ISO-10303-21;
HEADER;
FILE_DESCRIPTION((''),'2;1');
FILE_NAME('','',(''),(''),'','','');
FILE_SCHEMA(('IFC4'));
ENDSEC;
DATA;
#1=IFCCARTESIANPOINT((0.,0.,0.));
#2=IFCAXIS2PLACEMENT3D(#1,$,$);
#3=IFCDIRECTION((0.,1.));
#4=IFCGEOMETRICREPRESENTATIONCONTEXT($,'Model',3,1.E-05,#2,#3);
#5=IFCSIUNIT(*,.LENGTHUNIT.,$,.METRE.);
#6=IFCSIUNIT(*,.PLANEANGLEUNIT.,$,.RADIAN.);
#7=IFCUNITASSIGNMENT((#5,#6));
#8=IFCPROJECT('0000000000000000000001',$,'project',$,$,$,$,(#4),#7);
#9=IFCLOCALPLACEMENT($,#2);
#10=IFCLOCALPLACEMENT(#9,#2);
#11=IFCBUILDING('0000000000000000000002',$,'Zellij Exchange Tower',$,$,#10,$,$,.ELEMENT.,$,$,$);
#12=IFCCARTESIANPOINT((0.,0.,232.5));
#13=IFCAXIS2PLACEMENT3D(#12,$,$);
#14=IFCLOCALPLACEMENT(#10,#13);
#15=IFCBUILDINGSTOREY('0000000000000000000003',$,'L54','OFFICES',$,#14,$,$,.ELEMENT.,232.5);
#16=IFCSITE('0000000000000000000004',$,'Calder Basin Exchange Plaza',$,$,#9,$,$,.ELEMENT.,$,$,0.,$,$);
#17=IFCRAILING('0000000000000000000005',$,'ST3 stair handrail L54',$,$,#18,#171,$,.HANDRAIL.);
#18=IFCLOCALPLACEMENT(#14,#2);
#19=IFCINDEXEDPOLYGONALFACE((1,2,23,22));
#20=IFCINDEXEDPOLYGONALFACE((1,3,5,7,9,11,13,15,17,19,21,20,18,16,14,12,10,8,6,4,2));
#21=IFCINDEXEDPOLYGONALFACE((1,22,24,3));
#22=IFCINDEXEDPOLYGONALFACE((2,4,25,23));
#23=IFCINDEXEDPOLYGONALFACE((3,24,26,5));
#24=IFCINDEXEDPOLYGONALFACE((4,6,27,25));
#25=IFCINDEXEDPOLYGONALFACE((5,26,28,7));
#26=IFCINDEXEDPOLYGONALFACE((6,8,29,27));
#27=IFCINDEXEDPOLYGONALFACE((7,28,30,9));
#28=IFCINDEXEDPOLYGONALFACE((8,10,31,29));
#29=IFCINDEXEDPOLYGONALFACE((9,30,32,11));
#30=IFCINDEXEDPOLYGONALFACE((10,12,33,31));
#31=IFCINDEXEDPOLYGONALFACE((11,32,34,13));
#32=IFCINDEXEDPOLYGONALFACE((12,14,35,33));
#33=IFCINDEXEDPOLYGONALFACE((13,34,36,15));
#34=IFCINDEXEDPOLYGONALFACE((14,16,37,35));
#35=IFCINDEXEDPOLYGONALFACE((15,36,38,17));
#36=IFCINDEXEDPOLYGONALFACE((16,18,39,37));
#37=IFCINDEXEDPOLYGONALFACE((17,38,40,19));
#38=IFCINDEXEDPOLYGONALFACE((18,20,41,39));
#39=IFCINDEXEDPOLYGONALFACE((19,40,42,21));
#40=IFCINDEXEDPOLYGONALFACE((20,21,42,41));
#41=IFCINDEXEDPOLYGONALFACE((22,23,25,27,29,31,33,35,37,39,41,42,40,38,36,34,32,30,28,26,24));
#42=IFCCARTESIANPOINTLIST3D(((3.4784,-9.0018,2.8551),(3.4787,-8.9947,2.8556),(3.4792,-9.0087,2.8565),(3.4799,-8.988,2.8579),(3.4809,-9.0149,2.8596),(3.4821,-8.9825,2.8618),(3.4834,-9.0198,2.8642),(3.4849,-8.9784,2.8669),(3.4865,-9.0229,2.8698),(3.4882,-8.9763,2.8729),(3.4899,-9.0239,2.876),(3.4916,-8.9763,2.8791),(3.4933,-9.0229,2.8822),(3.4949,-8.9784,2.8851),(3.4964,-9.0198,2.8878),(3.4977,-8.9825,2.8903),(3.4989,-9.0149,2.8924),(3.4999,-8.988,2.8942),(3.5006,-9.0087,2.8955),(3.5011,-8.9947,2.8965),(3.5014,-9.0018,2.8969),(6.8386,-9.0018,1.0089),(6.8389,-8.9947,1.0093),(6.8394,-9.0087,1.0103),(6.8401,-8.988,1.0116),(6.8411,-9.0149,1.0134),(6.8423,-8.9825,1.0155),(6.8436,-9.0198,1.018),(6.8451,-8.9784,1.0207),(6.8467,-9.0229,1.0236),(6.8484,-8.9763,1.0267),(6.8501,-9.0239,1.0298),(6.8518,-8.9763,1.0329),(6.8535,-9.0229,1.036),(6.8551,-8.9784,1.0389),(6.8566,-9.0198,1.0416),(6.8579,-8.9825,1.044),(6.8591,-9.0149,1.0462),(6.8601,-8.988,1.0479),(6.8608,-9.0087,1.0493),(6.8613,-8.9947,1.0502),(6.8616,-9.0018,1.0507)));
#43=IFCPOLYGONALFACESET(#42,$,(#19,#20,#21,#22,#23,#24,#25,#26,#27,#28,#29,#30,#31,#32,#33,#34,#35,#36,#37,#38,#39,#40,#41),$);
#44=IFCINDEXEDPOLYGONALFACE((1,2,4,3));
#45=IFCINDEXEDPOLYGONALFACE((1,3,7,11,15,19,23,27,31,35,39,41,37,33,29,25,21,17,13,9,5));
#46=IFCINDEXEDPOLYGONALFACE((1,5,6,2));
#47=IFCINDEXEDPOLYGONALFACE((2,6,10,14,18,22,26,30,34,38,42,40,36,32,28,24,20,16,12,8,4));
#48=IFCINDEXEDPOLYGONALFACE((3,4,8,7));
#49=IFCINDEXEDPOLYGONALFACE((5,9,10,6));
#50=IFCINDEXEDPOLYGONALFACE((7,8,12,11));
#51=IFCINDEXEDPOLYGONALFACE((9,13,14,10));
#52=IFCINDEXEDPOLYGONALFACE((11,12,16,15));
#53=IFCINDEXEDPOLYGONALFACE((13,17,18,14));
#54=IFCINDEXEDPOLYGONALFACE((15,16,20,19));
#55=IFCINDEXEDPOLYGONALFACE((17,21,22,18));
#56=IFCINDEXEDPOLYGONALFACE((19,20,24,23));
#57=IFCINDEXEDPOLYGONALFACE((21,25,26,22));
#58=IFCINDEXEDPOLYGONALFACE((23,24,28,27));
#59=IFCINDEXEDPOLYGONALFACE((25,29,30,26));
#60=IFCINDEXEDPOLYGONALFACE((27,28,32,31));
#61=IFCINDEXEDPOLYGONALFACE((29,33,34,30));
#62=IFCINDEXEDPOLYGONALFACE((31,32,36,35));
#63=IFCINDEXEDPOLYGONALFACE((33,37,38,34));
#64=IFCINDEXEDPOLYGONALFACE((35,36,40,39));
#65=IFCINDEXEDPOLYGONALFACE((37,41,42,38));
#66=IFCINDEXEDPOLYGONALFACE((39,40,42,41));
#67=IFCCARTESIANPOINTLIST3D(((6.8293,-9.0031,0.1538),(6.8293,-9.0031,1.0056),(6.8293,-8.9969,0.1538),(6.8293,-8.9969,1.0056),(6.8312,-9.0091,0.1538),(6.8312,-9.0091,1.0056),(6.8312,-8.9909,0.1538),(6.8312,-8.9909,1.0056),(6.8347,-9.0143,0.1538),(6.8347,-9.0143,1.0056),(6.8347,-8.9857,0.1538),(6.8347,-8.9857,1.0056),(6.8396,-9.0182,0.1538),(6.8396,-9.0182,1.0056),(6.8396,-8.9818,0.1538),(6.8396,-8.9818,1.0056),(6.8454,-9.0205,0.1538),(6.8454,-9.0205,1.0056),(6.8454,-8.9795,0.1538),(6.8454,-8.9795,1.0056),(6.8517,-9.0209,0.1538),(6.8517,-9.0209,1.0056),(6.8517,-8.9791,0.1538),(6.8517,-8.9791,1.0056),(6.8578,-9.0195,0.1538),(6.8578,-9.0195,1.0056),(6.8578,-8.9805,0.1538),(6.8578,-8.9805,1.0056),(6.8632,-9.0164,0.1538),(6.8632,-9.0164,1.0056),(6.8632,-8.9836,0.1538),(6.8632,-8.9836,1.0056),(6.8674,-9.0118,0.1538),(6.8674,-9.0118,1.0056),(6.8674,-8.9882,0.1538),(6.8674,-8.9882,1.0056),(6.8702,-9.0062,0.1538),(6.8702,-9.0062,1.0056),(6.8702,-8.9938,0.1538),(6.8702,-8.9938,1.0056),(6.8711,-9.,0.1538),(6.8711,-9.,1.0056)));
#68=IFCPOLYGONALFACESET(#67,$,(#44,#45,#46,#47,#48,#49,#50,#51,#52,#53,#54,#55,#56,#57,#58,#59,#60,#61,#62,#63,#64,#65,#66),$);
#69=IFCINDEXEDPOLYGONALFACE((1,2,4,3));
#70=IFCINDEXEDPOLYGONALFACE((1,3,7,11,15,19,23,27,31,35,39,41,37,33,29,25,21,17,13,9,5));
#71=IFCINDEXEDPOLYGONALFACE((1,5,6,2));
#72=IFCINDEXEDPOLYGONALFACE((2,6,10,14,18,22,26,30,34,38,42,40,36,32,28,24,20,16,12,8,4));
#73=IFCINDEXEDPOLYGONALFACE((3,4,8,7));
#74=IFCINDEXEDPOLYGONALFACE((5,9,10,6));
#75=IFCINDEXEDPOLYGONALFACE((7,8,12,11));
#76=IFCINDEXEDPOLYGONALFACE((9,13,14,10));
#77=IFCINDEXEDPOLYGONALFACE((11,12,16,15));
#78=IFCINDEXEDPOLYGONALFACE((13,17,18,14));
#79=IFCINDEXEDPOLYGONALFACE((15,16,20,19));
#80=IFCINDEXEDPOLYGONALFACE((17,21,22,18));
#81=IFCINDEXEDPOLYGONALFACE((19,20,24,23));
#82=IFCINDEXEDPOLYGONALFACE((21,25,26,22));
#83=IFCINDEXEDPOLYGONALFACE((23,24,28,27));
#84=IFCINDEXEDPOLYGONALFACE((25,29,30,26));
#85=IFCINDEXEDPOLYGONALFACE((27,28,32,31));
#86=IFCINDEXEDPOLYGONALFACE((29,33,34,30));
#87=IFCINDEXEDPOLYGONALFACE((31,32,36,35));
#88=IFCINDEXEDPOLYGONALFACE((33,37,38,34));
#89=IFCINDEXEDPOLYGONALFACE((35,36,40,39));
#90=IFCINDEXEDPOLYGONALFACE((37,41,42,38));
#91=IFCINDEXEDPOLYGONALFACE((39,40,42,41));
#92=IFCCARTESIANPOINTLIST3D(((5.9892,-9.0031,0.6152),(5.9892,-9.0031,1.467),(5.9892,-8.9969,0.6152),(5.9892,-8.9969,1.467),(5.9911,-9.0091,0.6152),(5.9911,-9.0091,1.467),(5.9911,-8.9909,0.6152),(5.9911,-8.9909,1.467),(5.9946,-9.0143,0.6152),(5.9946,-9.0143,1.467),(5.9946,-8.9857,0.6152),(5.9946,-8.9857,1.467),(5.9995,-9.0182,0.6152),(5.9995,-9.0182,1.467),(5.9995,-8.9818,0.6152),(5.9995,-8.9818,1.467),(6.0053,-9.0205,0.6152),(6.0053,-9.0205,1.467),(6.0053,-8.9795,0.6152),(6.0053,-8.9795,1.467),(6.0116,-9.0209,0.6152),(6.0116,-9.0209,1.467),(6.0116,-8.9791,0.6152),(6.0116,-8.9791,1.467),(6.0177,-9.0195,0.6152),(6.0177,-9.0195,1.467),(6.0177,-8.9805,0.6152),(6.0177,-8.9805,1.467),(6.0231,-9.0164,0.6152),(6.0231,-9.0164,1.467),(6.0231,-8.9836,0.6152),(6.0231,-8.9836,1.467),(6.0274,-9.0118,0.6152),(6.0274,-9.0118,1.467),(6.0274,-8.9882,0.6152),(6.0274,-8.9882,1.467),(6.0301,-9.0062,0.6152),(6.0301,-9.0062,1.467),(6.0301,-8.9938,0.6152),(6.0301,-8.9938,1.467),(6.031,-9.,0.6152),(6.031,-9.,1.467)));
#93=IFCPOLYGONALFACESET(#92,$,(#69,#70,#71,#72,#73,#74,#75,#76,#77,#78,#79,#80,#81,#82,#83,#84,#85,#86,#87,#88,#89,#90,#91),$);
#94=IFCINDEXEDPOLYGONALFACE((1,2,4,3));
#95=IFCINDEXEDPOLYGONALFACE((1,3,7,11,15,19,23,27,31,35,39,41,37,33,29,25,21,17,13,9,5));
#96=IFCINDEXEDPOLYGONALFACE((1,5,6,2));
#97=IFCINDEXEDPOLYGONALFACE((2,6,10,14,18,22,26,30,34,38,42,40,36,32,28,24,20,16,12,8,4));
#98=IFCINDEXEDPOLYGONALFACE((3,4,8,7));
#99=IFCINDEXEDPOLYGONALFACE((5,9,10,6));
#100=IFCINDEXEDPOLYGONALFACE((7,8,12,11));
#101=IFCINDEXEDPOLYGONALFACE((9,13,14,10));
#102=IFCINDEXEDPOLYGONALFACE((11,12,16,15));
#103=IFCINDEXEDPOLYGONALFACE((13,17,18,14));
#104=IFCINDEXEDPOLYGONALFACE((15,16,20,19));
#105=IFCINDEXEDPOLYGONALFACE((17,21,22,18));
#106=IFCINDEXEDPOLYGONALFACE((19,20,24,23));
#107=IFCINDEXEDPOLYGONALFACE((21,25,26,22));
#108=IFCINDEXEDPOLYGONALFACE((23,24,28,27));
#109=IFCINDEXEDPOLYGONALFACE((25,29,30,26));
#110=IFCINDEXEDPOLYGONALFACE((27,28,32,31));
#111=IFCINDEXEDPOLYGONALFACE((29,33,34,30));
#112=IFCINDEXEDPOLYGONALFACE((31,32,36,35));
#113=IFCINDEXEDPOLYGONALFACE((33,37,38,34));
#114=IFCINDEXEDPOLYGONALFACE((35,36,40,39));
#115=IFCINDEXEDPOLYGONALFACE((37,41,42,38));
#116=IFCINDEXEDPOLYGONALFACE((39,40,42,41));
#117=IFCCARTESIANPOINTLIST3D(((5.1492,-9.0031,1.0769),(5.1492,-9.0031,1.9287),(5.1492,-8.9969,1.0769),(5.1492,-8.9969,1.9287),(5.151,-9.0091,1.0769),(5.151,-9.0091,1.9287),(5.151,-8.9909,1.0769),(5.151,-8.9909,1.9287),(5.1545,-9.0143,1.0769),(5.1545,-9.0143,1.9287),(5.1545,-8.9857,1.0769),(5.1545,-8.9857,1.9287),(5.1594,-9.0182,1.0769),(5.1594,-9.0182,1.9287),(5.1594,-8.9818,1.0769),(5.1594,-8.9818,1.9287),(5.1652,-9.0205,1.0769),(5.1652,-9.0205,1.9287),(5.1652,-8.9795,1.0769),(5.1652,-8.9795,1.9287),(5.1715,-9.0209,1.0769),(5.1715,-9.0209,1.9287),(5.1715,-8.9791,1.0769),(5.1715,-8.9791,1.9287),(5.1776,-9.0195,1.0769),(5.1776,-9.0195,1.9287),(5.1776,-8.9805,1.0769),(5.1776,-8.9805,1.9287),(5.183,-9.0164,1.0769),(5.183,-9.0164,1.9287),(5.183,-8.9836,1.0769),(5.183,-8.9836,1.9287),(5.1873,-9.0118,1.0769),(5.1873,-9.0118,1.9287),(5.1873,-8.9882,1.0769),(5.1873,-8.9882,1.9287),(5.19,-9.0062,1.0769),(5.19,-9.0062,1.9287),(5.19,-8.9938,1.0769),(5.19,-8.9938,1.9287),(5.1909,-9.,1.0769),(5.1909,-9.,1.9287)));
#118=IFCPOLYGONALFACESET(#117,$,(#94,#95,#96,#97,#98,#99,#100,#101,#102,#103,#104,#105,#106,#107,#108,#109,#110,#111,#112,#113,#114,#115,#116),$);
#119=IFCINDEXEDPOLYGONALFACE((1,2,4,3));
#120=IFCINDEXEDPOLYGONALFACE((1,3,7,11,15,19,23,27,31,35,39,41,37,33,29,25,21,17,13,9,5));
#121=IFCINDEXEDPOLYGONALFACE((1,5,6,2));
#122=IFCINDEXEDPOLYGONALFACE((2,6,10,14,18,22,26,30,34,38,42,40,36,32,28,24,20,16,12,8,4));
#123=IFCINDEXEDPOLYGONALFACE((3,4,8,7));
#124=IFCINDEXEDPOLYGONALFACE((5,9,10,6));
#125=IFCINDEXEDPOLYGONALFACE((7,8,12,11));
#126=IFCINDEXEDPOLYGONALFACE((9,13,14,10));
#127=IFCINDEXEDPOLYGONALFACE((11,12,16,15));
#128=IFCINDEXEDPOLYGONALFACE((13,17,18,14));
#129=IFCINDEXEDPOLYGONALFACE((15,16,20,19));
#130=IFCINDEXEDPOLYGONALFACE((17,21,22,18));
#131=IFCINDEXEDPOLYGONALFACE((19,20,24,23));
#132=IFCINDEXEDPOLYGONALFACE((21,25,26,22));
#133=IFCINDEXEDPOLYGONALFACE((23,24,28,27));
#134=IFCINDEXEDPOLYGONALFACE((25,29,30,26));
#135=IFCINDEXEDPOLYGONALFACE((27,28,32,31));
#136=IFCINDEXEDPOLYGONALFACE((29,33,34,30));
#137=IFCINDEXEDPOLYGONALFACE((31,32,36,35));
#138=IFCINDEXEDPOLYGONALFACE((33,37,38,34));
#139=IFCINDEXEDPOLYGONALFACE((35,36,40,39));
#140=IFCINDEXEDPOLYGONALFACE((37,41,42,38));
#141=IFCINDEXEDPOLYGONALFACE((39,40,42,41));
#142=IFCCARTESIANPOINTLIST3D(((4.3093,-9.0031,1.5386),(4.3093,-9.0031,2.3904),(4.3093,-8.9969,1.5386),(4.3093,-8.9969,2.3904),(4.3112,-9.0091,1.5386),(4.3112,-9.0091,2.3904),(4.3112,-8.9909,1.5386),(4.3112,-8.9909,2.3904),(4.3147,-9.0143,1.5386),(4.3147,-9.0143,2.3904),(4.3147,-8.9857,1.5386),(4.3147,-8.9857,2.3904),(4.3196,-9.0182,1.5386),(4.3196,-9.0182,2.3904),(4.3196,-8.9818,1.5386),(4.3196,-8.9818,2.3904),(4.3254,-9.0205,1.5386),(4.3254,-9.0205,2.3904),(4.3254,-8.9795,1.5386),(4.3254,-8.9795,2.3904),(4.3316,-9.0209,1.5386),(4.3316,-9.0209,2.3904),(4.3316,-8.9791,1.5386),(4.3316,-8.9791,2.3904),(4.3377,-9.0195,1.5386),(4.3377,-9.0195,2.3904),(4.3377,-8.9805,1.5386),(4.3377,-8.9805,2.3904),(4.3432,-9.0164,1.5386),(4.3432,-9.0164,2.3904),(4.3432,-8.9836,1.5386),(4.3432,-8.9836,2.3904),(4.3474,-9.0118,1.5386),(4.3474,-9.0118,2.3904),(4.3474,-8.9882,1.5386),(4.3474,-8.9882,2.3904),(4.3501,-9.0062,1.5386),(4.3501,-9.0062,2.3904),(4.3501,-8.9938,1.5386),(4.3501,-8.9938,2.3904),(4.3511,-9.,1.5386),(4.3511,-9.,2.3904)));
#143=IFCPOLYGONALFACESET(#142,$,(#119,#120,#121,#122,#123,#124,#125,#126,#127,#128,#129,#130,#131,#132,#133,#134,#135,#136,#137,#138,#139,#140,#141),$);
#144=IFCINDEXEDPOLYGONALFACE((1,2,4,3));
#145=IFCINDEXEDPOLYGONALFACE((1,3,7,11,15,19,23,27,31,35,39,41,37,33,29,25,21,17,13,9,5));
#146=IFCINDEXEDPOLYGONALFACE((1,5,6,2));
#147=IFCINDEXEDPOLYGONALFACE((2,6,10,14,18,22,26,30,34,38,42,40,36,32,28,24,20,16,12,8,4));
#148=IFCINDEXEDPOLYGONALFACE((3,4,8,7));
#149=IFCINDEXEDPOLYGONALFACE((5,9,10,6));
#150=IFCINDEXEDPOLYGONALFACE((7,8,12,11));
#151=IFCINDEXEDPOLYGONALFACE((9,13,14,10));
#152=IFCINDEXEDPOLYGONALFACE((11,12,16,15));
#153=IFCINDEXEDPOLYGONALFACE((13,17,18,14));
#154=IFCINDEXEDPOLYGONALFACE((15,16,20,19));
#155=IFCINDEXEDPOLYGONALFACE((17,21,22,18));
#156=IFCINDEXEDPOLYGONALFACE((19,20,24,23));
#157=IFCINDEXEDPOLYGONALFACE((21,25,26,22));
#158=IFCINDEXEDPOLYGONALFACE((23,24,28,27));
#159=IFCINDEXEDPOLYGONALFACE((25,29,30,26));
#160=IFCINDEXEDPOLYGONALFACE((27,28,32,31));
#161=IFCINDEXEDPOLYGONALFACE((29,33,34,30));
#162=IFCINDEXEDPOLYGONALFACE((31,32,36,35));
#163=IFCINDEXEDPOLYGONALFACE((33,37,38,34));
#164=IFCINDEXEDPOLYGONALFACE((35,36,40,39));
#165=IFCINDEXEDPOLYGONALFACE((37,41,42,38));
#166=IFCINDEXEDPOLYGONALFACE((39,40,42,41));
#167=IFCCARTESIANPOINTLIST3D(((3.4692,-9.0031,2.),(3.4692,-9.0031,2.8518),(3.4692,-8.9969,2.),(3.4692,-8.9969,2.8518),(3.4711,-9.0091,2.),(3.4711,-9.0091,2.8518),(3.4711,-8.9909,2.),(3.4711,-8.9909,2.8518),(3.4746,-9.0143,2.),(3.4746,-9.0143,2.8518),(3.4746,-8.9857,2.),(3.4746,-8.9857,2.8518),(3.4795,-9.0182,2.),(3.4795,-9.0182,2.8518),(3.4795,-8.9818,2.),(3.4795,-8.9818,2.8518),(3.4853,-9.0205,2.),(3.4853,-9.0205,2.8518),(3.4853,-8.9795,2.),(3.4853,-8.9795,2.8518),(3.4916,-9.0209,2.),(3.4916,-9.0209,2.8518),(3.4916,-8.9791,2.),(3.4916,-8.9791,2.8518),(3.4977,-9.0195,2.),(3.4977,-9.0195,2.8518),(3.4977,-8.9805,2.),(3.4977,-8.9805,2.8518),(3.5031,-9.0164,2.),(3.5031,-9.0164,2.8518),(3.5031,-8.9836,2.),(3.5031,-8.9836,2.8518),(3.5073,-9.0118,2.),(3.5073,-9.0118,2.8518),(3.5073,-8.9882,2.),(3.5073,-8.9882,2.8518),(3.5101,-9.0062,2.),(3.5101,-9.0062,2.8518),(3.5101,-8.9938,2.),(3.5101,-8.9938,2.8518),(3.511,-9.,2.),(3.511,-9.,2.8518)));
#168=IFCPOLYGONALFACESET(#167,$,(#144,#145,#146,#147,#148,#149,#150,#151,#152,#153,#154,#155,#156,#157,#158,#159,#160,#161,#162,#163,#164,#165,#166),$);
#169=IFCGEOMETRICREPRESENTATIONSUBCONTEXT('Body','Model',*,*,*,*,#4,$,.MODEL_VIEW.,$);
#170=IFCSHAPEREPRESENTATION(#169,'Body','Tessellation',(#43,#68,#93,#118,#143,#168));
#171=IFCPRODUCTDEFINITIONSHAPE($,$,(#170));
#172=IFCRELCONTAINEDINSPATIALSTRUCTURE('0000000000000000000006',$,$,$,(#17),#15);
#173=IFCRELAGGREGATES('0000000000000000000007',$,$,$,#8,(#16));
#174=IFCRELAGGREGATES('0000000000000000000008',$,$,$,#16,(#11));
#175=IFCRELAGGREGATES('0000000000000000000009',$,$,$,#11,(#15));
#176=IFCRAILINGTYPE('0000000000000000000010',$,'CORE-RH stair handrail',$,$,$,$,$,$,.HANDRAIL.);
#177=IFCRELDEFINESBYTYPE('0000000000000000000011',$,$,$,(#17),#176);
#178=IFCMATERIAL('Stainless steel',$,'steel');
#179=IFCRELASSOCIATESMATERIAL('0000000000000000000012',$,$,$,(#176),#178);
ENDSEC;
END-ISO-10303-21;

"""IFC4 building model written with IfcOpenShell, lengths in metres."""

from ifc_helpers import new_model, si_unit, direction, frame, origin, origin_2d, place, context, subcontext, project, spatial, circle, extrude, material, type_object, element, save


model = new_model("IFC4")

# Units and contexts
model_context = context("Model", 3, precision=1e-05, world=origin(), true_north=direction((0.0, 1.0)))
body_context = subcontext(model_context, "Body", "Model", "MODEL_VIEW")
ifc_project = project(units=[si_unit("LENGTHUNIT", "METRE"), si_unit("PLANEANGLEUNIT", "RADIAN")], contexts=[model_context])

# Site, building, storey
site_placement = place(None, origin())
site = spatial("IfcSite", under=ifc_project, at=site_placement, Name="Calder Basin Exchange Plaza", CompositionType="ELEMENT", RefElevation=0.0)
building_placement = place(site_placement, origin())
building = spatial("IfcBuilding", under=site, at=building_placement, Name="Zellij Exchange Tower", CompositionType="ELEMENT")
storey_placement = place(building_placement, frame((0.0, 0.0, 232.5)))
storey = spatial("IfcBuildingStorey", under=building, at=storey_placement, Name="L54", Description="OFFICES", CompositionType="ELEMENT", Elevation=232.5)

# Railing
ifc_material_1 = material(Name="Stainless steel", Category="steel")
railing_type_1 = type_object("IfcRailingType", Name="CORE-RH stair handrail", PredefinedType="HANDRAIL", material=ifc_material_1)
railing_1_placement = place(storey_placement, frame((6.8501, -9.0, 0.1538)))
element("IfcRailing", 1, at=railing_1_placement, inside=storey, type_object=railing_type_1, Name="ST3 stair handrail L54", PredefinedType="HANDRAIL", context=body_context, shape_type="SweptSolid", body=[
    extrude(circle(Radius=0.0239, at=origin_2d()), frame((0.0, 0.0, 0.876), z_axis=(-0.876422, 0.0, 0.481545), x_axis=(0.0, -1.0, 0.0)), (0.0, 0.0, 1.0), 3.834),
    extrude(circle(Radius=0.021, at=origin_2d()), origin(), (0.0, 0.0, 1.0), 0.8518),
    extrude(circle(Radius=0.021, at=origin_2d()), frame((-0.8401, 0.0, 0.4614)), (0.0, 0.0, 1.0), 0.8518),
    extrude(circle(Radius=0.021, at=origin_2d()), frame((-1.6802, 0.0, 0.9231)), (0.0, 0.0, 1.0), 0.8518),
    extrude(circle(Radius=0.021, at=origin_2d()), frame((-2.52, 0.0, 1.3848)), (0.0, 0.0, 1.0), 0.8518),
    extrude(circle(Radius=0.021, at=origin_2d()), frame((-3.3601, 0.0, 1.8462)), (0.0, 0.0, 1.0), 0.8518),
])

save(model, "model.ifc")
